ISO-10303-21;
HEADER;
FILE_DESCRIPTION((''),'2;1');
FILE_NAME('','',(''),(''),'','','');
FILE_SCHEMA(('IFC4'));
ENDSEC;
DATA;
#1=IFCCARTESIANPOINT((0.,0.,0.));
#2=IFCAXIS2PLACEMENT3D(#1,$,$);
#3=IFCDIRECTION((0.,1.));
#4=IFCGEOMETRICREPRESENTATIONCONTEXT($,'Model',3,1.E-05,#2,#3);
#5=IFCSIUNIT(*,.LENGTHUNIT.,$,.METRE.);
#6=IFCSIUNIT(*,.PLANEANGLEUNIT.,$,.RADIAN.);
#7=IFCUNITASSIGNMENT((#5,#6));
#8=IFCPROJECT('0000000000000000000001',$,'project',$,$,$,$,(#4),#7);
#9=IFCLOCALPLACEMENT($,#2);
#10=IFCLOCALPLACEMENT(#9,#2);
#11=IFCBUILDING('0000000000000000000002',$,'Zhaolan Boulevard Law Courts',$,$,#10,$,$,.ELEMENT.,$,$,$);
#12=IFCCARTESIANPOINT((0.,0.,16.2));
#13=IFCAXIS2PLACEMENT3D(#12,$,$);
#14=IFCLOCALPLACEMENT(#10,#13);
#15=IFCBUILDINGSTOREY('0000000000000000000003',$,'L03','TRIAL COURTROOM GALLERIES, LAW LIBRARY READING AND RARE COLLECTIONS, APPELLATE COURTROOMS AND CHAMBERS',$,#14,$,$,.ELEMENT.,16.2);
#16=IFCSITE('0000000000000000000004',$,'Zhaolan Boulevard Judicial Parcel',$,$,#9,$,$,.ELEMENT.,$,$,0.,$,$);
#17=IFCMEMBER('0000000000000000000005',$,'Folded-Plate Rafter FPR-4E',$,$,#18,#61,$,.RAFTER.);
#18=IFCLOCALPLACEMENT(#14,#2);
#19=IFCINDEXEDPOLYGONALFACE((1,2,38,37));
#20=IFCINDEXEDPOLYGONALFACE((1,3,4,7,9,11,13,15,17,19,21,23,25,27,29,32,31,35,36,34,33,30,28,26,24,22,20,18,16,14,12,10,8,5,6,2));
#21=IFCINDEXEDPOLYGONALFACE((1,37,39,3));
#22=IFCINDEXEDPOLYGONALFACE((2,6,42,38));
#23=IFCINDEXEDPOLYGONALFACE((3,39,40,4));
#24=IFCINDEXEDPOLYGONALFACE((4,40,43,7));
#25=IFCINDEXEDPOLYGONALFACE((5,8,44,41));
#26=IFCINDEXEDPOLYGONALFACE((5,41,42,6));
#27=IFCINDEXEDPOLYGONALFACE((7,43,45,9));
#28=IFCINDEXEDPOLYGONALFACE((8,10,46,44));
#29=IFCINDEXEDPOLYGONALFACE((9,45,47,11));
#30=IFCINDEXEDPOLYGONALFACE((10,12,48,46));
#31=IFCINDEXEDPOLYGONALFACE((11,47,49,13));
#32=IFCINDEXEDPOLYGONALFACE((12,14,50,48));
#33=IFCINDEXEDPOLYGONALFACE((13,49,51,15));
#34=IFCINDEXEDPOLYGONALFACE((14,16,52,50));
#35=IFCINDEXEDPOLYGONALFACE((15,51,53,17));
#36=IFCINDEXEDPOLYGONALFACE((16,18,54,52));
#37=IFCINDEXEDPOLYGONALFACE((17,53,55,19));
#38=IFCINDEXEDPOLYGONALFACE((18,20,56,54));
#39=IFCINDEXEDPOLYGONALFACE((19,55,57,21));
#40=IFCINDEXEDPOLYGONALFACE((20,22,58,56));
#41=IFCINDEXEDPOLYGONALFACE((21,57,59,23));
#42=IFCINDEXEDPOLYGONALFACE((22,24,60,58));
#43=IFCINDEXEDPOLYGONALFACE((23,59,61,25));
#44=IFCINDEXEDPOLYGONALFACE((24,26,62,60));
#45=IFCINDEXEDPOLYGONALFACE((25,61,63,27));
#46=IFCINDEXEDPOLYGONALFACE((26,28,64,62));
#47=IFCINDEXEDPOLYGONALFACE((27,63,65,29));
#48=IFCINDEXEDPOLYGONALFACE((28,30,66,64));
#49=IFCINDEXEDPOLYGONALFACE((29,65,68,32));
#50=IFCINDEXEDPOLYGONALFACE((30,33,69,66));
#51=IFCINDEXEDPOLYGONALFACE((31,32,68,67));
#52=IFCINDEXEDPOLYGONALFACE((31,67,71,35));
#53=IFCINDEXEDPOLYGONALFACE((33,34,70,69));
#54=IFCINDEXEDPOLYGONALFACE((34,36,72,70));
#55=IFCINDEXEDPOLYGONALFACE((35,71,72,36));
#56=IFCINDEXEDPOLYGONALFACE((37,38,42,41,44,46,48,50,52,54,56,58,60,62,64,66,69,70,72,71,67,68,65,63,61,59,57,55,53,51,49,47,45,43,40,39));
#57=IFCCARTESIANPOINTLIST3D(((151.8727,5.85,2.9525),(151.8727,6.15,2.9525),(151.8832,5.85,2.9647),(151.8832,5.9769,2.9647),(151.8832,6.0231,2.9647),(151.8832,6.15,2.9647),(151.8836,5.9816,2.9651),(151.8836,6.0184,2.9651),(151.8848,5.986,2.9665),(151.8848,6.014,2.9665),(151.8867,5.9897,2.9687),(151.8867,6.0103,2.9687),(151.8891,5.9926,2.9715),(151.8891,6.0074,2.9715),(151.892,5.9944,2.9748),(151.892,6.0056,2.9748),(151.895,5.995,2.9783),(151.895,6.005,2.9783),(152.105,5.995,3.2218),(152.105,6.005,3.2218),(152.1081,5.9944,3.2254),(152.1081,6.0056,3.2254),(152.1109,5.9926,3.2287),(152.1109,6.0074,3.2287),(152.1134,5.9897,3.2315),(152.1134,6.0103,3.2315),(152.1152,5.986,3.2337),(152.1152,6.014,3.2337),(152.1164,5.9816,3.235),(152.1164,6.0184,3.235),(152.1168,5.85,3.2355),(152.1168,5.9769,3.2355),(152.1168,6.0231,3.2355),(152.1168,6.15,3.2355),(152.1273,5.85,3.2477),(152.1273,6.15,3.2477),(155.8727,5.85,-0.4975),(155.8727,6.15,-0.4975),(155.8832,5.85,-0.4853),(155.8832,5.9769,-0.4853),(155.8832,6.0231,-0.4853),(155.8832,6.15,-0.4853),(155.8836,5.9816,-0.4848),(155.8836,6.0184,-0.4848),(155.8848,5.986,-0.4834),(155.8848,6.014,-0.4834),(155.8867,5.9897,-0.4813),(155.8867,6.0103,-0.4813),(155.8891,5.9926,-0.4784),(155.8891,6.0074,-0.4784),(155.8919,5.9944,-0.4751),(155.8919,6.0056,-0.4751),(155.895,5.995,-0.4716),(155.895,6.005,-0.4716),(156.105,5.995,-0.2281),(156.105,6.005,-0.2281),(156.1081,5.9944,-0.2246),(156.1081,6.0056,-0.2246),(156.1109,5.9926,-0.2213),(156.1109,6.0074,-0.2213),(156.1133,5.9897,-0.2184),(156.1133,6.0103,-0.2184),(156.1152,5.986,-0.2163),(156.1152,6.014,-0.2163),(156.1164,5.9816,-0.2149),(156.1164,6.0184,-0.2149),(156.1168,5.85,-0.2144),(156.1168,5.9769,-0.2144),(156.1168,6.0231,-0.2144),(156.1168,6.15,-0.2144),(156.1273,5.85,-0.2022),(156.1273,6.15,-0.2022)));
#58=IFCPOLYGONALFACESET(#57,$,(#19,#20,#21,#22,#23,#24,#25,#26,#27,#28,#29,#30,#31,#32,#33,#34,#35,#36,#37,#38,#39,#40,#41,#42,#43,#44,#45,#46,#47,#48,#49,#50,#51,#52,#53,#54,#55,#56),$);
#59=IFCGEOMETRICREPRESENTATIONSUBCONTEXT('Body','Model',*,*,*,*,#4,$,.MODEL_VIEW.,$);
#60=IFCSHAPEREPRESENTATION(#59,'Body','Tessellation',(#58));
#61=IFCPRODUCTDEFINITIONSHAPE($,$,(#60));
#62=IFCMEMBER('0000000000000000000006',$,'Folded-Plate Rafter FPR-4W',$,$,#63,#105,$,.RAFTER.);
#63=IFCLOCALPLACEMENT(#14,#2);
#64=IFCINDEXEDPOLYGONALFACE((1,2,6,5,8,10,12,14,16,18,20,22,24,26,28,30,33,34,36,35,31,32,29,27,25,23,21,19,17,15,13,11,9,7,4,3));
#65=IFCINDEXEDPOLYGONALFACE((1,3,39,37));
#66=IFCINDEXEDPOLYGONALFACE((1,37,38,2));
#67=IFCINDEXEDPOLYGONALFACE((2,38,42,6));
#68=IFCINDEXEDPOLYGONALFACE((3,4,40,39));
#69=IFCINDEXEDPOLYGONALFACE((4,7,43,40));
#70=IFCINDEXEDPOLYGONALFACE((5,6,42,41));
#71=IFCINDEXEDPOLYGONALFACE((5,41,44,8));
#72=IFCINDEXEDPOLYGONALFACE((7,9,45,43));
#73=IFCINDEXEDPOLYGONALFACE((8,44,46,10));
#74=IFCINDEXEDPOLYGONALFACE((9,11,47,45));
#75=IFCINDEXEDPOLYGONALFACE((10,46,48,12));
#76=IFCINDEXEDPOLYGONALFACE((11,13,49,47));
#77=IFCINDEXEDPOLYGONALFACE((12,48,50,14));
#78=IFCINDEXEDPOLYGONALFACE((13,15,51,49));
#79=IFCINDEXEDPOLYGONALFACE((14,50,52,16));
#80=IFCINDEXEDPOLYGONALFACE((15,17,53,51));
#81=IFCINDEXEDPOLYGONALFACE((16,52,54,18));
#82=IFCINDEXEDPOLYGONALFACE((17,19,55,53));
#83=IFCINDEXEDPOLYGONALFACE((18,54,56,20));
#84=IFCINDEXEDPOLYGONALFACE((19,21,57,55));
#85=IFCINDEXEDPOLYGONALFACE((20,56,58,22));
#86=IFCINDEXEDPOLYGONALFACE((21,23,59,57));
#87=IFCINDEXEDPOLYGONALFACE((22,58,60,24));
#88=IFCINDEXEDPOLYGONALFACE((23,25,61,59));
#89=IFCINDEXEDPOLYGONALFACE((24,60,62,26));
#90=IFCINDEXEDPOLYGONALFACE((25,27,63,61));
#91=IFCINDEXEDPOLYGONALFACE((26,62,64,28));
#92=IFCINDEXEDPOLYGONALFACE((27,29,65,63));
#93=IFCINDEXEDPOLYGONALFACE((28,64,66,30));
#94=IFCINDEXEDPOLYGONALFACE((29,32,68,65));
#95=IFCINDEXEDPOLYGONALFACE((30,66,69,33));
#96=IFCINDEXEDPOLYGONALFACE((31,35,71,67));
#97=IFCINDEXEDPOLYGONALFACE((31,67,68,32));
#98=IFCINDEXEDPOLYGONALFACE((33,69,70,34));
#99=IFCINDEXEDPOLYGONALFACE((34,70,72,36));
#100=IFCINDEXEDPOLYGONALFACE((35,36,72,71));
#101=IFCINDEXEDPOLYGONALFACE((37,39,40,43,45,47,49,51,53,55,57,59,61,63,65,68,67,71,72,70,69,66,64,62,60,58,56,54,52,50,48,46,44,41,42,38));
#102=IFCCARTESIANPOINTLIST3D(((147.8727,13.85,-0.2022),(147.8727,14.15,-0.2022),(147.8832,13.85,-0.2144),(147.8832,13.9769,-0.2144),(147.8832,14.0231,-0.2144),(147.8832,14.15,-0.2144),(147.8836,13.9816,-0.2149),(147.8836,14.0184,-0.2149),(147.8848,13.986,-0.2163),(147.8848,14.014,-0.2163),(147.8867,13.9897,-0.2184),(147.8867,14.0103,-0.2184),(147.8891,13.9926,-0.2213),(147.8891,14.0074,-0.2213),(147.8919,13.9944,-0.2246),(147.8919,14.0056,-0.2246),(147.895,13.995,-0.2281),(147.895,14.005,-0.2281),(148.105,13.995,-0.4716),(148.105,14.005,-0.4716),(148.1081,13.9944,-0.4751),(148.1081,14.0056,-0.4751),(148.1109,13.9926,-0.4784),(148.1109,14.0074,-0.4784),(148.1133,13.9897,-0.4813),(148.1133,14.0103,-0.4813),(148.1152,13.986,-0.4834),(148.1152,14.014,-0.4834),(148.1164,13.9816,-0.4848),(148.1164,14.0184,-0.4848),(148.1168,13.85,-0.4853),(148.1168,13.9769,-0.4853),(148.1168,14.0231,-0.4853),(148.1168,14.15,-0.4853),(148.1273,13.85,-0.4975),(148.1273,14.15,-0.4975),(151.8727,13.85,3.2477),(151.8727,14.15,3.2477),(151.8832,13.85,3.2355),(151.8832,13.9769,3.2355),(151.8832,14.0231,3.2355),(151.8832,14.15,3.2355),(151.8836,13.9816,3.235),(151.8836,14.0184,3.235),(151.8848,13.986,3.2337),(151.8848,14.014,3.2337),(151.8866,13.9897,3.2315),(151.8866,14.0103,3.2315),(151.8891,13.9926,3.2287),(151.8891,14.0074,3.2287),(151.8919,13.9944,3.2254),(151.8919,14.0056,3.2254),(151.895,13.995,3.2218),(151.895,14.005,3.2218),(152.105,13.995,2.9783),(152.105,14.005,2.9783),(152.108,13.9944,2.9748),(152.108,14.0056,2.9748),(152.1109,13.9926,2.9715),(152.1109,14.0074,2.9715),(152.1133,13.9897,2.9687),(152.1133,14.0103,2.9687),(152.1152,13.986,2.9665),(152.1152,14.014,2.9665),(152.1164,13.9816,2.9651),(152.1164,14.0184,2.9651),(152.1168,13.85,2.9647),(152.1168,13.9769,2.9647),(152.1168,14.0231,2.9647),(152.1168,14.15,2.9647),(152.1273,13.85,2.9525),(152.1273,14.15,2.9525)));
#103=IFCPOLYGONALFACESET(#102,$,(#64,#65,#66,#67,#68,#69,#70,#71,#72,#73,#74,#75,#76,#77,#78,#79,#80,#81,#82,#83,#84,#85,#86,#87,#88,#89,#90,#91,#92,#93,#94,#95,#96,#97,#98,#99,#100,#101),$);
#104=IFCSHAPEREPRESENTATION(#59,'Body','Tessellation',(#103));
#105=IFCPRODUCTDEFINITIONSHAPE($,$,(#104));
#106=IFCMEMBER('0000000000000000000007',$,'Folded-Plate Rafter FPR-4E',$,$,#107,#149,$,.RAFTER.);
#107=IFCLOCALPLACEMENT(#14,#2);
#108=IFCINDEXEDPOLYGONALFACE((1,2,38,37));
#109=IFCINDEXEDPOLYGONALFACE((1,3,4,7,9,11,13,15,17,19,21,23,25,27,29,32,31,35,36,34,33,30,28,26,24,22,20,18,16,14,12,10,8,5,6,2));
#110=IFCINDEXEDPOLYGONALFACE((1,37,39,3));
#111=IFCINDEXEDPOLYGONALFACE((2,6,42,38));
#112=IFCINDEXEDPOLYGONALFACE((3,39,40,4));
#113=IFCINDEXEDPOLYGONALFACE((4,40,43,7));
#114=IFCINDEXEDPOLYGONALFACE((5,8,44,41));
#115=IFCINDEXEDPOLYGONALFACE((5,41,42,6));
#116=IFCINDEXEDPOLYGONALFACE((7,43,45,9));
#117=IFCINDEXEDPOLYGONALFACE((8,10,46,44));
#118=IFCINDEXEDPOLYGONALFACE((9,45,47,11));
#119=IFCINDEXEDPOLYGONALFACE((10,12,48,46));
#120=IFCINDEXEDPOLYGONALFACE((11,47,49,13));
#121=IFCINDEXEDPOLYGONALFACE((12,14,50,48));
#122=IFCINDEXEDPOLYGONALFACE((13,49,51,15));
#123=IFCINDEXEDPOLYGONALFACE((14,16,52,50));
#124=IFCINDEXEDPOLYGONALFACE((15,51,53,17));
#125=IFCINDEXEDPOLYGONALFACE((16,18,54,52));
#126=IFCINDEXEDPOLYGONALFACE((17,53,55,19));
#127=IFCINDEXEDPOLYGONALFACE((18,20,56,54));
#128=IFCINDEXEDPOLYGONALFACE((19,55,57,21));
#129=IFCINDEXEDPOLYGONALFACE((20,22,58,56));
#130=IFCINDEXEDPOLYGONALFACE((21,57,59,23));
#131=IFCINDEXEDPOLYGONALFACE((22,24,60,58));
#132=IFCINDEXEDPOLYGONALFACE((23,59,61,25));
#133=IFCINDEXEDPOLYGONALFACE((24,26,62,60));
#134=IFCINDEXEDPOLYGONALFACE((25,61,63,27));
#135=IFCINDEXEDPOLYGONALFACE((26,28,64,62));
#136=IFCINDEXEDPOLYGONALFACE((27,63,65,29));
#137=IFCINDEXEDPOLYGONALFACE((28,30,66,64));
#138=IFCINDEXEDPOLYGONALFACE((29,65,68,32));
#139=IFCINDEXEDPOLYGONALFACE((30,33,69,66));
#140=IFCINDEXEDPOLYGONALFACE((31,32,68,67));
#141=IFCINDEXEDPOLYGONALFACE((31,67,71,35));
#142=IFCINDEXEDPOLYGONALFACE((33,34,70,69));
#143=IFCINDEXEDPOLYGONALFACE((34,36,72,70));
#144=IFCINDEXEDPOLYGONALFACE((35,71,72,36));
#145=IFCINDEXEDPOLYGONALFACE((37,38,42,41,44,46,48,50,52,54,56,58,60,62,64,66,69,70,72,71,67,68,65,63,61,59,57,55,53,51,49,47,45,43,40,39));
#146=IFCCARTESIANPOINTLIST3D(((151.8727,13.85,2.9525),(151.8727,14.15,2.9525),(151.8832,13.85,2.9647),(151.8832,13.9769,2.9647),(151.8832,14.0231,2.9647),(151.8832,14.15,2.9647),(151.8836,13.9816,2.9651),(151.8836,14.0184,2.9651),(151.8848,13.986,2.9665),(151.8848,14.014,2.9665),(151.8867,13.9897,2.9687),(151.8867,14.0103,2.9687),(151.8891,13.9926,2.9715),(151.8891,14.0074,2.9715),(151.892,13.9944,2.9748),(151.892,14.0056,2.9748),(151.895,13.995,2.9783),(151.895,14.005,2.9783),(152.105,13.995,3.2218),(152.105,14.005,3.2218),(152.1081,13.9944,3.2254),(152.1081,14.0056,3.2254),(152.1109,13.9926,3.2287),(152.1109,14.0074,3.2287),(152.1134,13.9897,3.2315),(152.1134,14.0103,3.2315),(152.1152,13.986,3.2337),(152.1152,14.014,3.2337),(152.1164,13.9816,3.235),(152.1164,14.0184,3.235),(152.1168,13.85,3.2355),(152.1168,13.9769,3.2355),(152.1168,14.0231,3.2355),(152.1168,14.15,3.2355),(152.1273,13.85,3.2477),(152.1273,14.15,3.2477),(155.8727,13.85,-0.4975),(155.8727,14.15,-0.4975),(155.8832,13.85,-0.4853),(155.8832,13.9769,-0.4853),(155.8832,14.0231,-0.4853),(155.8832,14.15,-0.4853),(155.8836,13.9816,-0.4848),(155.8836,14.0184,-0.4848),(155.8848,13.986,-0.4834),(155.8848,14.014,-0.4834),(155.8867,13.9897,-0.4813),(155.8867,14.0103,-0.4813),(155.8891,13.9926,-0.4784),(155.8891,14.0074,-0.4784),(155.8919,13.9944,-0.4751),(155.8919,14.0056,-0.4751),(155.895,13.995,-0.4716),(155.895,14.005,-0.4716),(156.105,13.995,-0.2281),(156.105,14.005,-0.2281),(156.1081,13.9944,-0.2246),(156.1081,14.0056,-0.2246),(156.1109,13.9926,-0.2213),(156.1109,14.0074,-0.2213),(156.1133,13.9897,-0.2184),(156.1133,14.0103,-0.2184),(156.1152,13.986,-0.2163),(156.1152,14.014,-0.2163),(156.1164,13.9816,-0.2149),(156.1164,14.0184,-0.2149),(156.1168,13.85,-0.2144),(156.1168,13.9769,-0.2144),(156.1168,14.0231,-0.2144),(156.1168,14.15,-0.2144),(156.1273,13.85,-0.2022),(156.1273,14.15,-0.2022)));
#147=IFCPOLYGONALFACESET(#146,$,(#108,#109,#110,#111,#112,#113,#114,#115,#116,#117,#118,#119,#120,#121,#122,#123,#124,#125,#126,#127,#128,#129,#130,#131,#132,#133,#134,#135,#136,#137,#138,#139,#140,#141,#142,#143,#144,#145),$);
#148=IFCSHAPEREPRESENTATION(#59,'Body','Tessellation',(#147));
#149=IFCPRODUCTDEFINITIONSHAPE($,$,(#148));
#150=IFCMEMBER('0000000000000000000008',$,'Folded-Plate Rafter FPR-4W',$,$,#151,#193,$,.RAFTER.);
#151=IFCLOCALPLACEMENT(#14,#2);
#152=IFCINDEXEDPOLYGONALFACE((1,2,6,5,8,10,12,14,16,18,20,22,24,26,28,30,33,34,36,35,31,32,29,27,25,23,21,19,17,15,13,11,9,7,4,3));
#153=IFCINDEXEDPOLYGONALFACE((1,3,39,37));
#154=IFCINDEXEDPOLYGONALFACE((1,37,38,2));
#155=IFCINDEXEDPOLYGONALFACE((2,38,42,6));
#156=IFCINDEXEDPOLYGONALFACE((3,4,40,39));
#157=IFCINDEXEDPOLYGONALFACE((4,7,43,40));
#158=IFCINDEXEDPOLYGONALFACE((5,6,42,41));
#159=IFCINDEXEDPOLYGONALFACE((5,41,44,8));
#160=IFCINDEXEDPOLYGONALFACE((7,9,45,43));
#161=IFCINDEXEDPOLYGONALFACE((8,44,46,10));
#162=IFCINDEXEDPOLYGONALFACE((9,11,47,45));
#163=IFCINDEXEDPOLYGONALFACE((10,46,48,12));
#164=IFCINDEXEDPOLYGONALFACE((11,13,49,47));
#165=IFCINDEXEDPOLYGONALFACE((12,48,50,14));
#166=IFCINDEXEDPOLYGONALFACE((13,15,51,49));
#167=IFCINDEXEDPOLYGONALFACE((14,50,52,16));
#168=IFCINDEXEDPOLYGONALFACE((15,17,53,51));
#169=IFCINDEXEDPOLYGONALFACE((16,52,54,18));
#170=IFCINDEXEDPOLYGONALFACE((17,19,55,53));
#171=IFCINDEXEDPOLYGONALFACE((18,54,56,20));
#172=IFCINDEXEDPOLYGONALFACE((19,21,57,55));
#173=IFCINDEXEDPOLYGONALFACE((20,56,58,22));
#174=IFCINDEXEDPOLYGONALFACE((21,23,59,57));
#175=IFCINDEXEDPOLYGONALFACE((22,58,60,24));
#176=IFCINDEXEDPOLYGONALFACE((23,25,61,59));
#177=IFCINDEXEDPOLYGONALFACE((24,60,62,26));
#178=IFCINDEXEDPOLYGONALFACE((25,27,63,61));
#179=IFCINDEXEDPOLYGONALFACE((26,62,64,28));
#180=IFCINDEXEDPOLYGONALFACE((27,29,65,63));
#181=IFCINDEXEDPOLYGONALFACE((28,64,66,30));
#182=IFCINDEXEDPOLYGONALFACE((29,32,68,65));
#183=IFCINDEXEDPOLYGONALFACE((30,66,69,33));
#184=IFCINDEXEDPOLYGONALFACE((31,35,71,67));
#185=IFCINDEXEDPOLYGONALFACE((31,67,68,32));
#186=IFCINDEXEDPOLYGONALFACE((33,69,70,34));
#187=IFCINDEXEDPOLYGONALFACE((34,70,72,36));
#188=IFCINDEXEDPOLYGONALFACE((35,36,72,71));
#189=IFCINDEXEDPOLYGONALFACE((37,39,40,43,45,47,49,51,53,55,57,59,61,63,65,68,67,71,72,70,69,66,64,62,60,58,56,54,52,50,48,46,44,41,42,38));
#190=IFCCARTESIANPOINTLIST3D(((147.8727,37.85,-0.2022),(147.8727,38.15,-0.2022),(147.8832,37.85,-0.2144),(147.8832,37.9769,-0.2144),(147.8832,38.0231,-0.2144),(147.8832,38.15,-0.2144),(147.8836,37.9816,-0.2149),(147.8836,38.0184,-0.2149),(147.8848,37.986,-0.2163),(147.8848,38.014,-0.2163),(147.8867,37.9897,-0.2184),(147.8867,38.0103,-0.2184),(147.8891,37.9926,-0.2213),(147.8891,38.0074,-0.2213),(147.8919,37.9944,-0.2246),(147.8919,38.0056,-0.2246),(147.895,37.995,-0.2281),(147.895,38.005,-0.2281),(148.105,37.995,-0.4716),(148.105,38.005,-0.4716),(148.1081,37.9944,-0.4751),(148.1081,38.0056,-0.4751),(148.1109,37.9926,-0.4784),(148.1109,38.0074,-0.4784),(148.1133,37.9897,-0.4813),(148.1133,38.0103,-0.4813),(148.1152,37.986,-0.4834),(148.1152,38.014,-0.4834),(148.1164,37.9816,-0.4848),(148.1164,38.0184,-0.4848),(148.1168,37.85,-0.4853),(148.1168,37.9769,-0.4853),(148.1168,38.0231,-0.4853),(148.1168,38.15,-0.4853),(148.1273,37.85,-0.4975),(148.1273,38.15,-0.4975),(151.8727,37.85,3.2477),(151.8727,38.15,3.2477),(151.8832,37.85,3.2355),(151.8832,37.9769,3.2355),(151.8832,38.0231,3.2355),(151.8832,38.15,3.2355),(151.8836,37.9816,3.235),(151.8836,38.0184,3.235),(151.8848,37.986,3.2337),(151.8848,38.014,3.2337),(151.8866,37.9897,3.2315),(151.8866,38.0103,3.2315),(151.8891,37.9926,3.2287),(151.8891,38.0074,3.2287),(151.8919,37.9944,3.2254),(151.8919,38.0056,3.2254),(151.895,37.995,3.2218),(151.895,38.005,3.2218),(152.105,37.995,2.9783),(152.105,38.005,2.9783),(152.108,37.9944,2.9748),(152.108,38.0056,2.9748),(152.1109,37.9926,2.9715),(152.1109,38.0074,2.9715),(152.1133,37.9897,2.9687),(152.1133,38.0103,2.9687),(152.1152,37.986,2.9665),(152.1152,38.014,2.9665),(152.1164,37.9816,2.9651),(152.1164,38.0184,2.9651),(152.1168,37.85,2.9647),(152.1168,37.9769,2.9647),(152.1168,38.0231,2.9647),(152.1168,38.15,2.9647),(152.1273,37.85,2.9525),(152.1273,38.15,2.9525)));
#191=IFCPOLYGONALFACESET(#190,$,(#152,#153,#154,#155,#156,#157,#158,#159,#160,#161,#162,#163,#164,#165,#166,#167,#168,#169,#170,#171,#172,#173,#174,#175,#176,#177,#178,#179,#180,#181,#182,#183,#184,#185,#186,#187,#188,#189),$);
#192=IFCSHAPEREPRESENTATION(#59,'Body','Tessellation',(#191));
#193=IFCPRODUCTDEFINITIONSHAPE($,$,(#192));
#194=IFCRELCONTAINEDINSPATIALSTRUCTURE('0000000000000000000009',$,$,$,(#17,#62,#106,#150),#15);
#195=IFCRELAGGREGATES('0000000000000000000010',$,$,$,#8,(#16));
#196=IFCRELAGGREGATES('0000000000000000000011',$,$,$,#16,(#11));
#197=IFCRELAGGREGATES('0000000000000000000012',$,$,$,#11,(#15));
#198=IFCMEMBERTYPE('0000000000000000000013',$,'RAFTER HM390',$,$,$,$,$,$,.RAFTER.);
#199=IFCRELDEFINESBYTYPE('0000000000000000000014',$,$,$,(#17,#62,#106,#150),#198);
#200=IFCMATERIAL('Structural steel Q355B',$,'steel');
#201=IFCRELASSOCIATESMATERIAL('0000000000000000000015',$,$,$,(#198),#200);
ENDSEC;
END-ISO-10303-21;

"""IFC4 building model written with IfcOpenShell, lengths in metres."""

from ifc_helpers import new_model, si_unit, direction, frame, origin, origin_2d, place, context, subcontext, project, spatial, i_section, extrude, material, material_profile, profile_set, type_object, element, save


model = new_model("IFC4")

# Units and contexts
model_context = context("Model", 3, precision=1e-05, world=origin(), true_north=direction((0.0, 1.0)))
body_context = subcontext(model_context, "Body", "Model", "MODEL_VIEW")
ifc_project = project(units=[si_unit("LENGTHUNIT", "METRE"), si_unit("PLANEANGLEUNIT", "RADIAN")], contexts=[model_context])

# Site, building, storey
site_placement = place(None, origin())
site = spatial("IfcSite", under=ifc_project, at=site_placement, Name="Zhaolan Boulevard Judicial Parcel", CompositionType="ELEMENT", RefElevation=0.0)
building_placement = place(site_placement, origin())
building = spatial("IfcBuilding", under=site, at=building_placement, Name="Zhaolan Boulevard Law Courts", CompositionType="ELEMENT")
storey_placement = place(building_placement, frame((0.0, 0.0, 16.2)))
storey = spatial("IfcBuildingStorey", under=building, at=storey_placement, Name="L03", Description="TRIAL COURTROOM GALLERIES, LAW LIBRARY READING AND RARE COLLECTIONS, APPELLATE COURTROOMS AND CHAMBERS", CompositionType="ELEMENT", Elevation=16.2)

# Members
ifc_material_1 = material(Name="Structural steel Q355B", Category="steel")
ifc_material_profile_1 = material_profile(ifc_material_1, i_section(OverallWidth=0.3, OverallDepth=0.3899, WebThickness=0.01, FlangeThickness=0.0161, FilletRadius=0.0181, at=origin_2d()), Name="HM390x300")
ifc_profile_set_1 = profile_set([ifc_material_profile_1], Name="Structural steel Q355B")
member_type_1 = type_object("IfcMemberType", Name="RAFTER HM390", PredefinedType="RAFTER", material=ifc_profile_set_1)
for number, where, z_axis, x_axis, name in (
    (1, (156.0, 6.0, -0.3499), (-0.757253, 0.0, 0.653122), (0.0, -1.0, 0.0), "Folded-Plate Rafter FPR-4E"),
    (2, (148.0, 14.0, -0.3499), (0.757253, 0.0, 0.653122), (0.0, 1.0, 0.0), "Folded-Plate Rafter FPR-4W"),
    (3, (156.0, 14.0, -0.3499), (-0.757253, 0.0, 0.653122), (0.0, -1.0, 0.0), "Folded-Plate Rafter FPR-4E"),
    (4, (148.0, 38.0, -0.3499), (0.757253, 0.0, 0.653122), (0.0, 1.0, 0.0), "Folded-Plate Rafter FPR-4W"),
):
    element("IfcMember", number, at=place(storey_placement, frame(where, z_axis=z_axis, x_axis=x_axis)), inside=storey, type_object=member_type_1, Name=name, PredefinedType="RAFTER", context=body_context, shape_type="SweptSolid", body=[
        extrude(i_section(OverallWidth=0.3, OverallDepth=0.3899, WebThickness=0.01, FlangeThickness=0.0161, FilletRadius=0.0181, at=origin_2d()), origin(), (0.0, 0.0, 1.0), 5.2822),
    ])

save(model, "model.ifc")
